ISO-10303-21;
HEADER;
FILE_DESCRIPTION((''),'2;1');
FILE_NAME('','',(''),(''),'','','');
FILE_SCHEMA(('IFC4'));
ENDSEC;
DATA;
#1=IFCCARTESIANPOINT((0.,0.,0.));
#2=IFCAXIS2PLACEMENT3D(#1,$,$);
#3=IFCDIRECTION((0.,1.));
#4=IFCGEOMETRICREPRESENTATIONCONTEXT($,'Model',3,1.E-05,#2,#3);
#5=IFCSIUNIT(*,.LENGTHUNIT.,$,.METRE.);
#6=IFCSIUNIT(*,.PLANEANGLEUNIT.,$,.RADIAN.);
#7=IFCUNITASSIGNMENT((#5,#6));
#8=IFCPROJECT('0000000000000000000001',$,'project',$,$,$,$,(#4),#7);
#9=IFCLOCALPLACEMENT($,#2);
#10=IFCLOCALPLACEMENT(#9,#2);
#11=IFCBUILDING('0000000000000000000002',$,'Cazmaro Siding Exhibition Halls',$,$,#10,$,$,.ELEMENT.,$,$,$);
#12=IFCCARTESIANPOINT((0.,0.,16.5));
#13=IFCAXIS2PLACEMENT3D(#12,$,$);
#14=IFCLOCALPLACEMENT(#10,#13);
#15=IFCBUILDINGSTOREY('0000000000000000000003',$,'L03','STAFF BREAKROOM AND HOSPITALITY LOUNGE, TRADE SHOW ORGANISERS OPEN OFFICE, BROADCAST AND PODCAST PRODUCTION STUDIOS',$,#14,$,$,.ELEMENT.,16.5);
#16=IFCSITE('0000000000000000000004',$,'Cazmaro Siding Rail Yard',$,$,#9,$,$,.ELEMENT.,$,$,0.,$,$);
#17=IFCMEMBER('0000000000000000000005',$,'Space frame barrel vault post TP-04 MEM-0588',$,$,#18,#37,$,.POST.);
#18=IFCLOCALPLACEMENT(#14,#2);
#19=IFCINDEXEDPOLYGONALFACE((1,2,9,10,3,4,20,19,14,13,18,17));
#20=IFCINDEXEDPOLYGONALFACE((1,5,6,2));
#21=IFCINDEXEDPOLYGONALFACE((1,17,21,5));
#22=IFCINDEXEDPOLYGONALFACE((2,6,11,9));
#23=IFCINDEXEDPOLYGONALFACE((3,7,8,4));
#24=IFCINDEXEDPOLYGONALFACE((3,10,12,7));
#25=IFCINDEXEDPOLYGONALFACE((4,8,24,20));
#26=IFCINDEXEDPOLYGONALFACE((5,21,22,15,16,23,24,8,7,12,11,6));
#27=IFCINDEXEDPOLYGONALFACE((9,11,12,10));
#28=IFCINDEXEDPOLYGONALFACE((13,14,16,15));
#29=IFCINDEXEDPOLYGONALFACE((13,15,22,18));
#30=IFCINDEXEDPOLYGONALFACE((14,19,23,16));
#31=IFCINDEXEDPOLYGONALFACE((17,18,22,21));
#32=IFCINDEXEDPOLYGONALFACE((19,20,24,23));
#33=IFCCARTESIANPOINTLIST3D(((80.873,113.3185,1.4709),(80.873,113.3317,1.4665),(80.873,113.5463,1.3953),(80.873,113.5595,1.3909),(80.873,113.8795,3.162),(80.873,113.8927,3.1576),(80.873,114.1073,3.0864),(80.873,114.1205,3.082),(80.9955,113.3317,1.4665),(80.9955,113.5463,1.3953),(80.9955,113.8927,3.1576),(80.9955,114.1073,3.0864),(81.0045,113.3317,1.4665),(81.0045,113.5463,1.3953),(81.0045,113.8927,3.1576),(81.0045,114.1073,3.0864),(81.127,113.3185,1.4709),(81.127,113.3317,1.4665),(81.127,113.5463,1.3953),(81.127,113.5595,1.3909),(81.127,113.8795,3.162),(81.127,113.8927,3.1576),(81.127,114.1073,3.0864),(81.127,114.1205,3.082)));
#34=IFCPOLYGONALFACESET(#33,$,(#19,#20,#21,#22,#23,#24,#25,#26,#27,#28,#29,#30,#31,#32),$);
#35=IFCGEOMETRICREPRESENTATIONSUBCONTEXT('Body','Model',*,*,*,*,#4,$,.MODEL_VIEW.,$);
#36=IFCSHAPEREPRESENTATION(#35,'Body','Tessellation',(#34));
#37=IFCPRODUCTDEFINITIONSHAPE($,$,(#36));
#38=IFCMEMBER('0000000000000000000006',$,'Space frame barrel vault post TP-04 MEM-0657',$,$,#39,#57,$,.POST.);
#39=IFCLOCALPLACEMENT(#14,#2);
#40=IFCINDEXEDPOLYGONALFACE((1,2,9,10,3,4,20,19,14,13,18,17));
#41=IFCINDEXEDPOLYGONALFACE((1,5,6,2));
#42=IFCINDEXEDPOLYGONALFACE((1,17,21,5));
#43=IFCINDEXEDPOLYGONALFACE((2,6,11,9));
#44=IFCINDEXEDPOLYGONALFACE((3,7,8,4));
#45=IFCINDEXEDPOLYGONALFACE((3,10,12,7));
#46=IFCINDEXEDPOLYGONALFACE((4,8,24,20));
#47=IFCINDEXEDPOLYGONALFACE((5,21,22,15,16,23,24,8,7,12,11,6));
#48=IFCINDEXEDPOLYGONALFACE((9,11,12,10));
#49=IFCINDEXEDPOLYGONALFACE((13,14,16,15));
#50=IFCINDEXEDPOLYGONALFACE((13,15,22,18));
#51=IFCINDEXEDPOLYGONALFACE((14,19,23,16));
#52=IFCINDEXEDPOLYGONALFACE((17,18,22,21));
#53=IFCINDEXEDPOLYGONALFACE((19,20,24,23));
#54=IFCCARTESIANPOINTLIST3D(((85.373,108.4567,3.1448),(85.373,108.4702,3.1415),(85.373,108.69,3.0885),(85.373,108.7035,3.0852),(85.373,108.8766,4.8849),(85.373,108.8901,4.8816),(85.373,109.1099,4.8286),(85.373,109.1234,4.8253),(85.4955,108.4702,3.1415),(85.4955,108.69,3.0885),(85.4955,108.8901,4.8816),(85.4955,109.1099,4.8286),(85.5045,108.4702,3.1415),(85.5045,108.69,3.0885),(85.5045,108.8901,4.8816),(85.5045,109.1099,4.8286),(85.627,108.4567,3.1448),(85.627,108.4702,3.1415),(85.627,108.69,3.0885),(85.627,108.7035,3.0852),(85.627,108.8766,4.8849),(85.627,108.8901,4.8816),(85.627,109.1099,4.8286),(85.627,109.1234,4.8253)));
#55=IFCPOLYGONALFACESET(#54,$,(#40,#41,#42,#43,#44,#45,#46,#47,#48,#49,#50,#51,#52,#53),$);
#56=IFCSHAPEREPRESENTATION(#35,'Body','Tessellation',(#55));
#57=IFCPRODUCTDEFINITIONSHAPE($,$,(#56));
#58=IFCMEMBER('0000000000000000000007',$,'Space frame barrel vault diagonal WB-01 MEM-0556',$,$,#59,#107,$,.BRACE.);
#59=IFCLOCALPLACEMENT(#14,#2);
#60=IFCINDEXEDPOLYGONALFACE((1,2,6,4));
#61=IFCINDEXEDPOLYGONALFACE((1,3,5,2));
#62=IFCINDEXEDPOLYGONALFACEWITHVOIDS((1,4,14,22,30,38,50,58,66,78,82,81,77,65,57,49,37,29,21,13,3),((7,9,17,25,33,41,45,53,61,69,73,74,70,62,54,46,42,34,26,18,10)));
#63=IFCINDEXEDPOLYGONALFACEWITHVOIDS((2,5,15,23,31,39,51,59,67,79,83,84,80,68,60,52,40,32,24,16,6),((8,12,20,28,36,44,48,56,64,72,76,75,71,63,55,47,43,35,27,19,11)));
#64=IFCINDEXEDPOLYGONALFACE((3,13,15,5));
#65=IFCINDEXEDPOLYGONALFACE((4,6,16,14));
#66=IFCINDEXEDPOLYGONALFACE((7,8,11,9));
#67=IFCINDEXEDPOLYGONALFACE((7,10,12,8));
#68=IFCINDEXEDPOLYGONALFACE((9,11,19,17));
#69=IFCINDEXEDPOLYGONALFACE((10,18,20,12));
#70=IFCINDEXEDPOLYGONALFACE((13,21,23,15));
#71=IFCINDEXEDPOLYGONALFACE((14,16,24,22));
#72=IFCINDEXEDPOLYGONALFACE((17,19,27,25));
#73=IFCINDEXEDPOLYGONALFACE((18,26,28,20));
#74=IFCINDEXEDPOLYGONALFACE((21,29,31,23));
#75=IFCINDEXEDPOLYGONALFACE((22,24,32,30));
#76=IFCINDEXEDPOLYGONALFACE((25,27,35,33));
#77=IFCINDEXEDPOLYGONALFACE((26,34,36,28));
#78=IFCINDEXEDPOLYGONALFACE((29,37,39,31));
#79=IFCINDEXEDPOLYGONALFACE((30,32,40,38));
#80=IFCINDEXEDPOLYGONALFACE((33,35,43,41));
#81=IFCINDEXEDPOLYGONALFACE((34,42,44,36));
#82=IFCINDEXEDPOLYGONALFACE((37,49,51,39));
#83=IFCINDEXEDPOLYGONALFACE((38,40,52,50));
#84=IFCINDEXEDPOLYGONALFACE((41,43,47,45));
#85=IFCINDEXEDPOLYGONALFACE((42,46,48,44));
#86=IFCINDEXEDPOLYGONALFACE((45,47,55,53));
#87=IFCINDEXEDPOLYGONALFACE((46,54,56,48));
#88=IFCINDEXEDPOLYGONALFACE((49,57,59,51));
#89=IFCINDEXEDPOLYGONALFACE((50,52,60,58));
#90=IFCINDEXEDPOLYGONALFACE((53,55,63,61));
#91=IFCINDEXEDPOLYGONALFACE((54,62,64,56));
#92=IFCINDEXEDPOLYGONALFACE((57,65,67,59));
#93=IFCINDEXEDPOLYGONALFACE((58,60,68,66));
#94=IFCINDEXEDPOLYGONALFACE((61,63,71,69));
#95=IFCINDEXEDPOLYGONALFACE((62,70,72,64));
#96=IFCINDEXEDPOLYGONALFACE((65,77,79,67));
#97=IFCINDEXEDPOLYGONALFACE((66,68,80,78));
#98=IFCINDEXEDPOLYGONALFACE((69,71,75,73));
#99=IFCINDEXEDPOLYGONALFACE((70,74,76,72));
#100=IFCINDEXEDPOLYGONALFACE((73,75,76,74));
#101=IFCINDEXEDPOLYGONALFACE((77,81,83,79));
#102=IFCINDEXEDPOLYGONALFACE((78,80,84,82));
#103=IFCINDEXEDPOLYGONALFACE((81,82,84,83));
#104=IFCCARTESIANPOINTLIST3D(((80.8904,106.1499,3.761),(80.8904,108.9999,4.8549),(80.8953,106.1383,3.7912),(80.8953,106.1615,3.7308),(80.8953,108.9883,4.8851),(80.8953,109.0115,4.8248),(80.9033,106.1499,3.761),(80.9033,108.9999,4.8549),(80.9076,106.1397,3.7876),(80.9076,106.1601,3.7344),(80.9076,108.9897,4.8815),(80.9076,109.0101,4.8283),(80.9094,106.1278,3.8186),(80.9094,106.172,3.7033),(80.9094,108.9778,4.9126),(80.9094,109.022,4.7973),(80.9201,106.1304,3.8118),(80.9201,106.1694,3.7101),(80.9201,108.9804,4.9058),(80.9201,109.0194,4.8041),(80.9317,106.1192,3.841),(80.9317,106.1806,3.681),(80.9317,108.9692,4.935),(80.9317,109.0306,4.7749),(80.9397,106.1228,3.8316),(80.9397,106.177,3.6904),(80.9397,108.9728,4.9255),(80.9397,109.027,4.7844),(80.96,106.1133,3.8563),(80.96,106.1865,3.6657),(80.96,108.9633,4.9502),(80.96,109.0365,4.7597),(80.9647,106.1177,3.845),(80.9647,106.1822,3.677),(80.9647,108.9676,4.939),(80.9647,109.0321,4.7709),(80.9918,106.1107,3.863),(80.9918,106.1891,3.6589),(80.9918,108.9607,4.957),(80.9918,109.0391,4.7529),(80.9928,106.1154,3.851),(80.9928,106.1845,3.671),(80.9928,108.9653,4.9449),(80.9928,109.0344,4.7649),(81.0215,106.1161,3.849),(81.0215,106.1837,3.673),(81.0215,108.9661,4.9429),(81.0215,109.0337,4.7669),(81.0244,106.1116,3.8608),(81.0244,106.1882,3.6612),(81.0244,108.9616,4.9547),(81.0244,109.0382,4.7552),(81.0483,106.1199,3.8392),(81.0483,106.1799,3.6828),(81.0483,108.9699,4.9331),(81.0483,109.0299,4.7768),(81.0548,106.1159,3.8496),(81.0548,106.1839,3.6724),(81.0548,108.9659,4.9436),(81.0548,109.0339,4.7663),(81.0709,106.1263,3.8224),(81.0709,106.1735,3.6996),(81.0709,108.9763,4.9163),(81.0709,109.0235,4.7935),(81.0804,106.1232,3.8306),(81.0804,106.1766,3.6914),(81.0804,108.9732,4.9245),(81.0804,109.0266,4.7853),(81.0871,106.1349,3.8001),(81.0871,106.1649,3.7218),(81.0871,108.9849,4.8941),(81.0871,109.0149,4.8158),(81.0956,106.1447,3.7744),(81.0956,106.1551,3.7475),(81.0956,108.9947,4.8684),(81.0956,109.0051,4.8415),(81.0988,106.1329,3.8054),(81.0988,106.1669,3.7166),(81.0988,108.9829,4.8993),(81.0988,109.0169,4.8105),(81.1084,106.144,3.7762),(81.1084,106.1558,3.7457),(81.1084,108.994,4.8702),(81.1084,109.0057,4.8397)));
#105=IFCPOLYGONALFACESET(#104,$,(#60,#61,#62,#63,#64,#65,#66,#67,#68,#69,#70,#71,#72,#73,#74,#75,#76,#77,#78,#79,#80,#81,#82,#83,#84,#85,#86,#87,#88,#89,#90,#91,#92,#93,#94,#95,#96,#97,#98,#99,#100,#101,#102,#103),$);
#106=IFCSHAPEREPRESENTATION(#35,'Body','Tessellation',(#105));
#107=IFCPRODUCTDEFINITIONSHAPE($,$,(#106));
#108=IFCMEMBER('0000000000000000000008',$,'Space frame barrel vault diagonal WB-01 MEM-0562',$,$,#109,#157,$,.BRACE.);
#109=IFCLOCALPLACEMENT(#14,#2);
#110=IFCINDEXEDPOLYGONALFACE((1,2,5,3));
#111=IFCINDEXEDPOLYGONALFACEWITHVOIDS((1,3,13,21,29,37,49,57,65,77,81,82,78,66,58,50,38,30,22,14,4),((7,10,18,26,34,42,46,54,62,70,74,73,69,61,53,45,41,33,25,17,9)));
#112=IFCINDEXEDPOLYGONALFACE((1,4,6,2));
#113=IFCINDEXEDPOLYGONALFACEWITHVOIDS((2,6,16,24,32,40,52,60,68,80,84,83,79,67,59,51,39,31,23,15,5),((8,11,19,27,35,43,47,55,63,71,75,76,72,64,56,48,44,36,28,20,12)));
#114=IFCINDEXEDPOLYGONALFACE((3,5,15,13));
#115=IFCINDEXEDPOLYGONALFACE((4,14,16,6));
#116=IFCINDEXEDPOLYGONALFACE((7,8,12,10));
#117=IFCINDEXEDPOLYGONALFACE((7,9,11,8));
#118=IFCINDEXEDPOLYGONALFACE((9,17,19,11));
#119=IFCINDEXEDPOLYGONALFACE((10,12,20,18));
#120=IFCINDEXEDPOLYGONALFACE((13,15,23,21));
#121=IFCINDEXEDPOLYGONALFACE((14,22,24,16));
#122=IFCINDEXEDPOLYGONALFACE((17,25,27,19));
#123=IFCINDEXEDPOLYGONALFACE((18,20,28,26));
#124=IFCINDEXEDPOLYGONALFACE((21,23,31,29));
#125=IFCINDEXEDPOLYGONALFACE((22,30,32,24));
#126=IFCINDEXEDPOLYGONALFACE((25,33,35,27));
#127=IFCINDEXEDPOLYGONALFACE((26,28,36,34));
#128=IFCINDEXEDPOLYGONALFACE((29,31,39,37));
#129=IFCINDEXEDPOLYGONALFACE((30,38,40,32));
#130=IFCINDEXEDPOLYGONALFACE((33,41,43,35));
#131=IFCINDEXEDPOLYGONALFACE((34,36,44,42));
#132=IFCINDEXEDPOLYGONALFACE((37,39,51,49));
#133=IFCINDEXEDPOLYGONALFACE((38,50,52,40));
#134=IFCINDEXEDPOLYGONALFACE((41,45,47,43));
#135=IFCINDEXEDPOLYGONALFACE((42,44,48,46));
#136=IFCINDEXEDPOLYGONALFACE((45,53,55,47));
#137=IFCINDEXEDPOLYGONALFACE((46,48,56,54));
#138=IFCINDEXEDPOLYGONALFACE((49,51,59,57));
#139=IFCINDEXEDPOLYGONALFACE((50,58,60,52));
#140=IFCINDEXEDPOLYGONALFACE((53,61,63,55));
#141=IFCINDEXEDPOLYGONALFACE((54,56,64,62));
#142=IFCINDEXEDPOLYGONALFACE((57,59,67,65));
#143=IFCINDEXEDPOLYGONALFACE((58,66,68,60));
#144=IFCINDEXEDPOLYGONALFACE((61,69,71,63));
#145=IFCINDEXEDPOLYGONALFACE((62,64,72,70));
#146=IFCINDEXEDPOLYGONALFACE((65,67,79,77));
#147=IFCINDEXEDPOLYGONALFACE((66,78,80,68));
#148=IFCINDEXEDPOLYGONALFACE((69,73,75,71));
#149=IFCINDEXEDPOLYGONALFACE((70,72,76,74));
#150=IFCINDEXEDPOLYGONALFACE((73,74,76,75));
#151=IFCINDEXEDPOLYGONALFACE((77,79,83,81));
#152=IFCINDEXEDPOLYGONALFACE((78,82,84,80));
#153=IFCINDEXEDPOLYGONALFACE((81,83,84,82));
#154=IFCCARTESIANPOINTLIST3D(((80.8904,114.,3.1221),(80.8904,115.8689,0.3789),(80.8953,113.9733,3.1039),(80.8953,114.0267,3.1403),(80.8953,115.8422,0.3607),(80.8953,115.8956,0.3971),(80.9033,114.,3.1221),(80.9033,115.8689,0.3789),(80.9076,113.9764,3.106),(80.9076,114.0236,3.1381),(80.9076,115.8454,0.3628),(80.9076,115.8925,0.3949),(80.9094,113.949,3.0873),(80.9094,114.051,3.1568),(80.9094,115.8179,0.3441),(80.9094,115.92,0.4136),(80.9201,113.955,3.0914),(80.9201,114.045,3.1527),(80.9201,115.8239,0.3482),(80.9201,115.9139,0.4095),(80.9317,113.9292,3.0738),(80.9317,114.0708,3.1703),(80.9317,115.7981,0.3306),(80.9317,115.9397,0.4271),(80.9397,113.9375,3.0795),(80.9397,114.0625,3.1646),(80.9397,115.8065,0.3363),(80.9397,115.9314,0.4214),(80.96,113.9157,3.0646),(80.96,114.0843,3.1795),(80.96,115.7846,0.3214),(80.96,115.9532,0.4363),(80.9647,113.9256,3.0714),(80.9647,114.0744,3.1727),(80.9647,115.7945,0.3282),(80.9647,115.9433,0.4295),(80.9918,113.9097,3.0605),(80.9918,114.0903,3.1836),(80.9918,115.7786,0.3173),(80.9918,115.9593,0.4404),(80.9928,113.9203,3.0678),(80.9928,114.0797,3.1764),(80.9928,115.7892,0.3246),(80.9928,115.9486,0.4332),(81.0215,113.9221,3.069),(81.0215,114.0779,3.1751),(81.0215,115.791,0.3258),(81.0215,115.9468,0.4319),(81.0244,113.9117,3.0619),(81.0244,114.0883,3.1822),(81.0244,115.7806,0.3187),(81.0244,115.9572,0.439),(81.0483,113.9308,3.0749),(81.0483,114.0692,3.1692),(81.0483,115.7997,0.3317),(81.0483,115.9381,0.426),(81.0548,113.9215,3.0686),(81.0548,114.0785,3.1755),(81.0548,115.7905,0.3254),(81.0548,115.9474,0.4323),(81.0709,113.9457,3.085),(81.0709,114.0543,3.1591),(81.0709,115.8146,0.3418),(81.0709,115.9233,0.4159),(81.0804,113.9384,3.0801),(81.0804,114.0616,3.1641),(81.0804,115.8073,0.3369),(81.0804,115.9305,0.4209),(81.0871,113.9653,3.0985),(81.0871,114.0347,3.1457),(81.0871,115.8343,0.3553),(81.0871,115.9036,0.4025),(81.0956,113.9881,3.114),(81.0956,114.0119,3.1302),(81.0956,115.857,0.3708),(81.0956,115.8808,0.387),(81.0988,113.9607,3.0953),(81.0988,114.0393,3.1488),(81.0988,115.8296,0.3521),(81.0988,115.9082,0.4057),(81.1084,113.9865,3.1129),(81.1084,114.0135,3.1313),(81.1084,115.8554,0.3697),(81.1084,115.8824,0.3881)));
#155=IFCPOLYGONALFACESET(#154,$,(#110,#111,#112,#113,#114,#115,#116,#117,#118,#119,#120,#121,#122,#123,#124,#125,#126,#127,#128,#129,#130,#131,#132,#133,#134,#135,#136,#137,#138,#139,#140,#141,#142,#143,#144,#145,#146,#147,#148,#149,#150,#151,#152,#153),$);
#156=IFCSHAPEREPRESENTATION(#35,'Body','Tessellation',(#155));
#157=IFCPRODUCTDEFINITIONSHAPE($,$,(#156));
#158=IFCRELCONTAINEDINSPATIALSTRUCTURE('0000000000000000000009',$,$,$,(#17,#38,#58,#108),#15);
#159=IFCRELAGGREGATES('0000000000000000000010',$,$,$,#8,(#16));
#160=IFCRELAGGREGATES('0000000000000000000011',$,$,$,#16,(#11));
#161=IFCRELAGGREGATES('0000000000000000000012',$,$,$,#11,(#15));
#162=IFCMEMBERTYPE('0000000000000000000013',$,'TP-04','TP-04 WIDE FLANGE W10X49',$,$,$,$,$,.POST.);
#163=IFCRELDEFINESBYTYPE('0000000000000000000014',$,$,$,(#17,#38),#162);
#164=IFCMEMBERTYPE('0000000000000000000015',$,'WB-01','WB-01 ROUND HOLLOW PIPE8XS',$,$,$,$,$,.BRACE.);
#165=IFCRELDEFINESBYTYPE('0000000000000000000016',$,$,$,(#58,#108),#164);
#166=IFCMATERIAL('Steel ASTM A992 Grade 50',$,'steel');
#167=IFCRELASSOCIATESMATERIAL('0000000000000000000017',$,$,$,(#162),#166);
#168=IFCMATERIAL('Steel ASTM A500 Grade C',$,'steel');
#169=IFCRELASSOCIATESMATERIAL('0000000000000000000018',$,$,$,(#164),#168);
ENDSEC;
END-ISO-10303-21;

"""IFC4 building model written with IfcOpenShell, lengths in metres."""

from ifc_helpers import new_model, si_unit, direction, frame, origin, origin_2d, place, context, subcontext, project, spatial, hollow_circle, i_section, extrude, material, material_profile, profile_set, type_object, element, save


model = new_model("IFC4")

# Units and contexts
model_context = context("Model", 3, precision=1e-05, world=origin(), true_north=direction((0.0, 1.0)))
body_context = subcontext(model_context, "Body", "Model", "MODEL_VIEW")
ifc_project = project(units=[si_unit("LENGTHUNIT", "METRE"), si_unit("PLANEANGLEUNIT", "RADIAN")], contexts=[model_context])

# Site, building, storey
site_placement = place(None, origin())
site = spatial("IfcSite", under=ifc_project, at=site_placement, Name="Cazmaro Siding Rail Yard", CompositionType="ELEMENT", RefElevation=0.0)
building_placement = place(site_placement, origin())
building = spatial("IfcBuilding", under=site, at=building_placement, Name="Cazmaro Siding Exhibition Halls", CompositionType="ELEMENT")
storey_placement = place(building_placement, frame((0.0, 0.0, 16.5)))
storey = spatial("IfcBuildingStorey", under=building, at=storey_placement, Name="L03", Description="STAFF BREAKROOM AND HOSPITALITY LOUNGE, TRADE SHOW ORGANISERS OPEN OFFICE, BROADCAST AND PODCAST PRODUCTION STUDIOS", CompositionType="ELEMENT", Elevation=16.5)

# Members
ifc_material_1 = material(Name="Steel ASTM A992 Grade 50", Category="steel")
ifc_material_profile_1 = material_profile(ifc_material_1, i_section(OverallWidth=0.2539, OverallDepth=0.2539, WebThickness=0.009, FlangeThickness=0.0139, at=origin_2d()), Name="W10X49")
ifc_profile_set_1 = profile_set([ifc_material_profile_1], Name="Steel ASTM A992 Grade 50")
member_type_1 = type_object("IfcMemberType", Name="TP-04", Description="TP-04 WIDE FLANGE W10X49", PredefinedType="POST", material=ifc_profile_set_1)
member_1_placement = place(storey_placement, frame((81.0, 113.439, 1.4309), z_axis=(0.0, 0.314871, 0.949134), x_axis=(-1.0, 0.0, 0.0)))
element("IfcMember", 1, at=member_1_placement, inside=storey, type_object=member_type_1, Name="Space frame barrel vault post TP-04 MEM-0588", PredefinedType="POST", context=body_context, shape_type="SweptSolid", body=[
    extrude(i_section(OverallWidth=0.2539, OverallDepth=0.2539, WebThickness=0.009, FlangeThickness=0.0139, at=origin_2d()), origin(), (0.0, 0.0, 1.0), 1.7817),
])
member_2_placement = place(storey_placement, frame((85.5, 108.5801, 3.115), z_axis=(0.0, 0.234601, 0.972092), x_axis=(-1.0, 0.0, 0.0)))
element("IfcMember", 2, at=member_2_placement, inside=storey, type_object=member_type_1, Name="Space frame barrel vault post TP-04 MEM-0657", PredefinedType="POST", context=body_context, shape_type="SweptSolid", body=[
    extrude(i_section(OverallWidth=0.2539, OverallDepth=0.2539, WebThickness=0.009, FlangeThickness=0.0139, at=origin_2d()), origin(), (0.0, 0.0, 1.0), 1.79),
])
ifc_material_2 = material(Name="Steel ASTM A500 Grade C", Category="steel")
ifc_material_profile_2 = material_profile(ifc_material_2, hollow_circle(Radius=0.1096, WallThickness=0.0129, at=origin_2d()), Name="PIPE8XS")
ifc_profile_set_2 = profile_set([ifc_material_profile_2], Name="Steel ASTM A500 Grade C")
member_type_2 = type_object("IfcMemberType", Name="WB-01", Description="WB-01 ROUND HOLLOW PIPE8XS", PredefinedType="BRACE", material=ifc_profile_set_2)
member_3_placement = place(storey_placement, frame((81.0, 106.1499, 3.761), z_axis=(0.0, 0.933587, 0.358352), x_axis=(-1.0, 0.0, 0.0)))
element("IfcMember", 3, at=member_3_placement, inside=storey, type_object=member_type_2, Name="Space frame barrel vault diagonal WB-01 MEM-0556", PredefinedType="BRACE", context=body_context, shape_type="SweptSolid", body=[
    extrude(hollow_circle(Radius=0.1096, WallThickness=0.0129, at=origin_2d()), origin(), (0.0, 0.0, 1.0), 3.0527),
])
member_4_placement = place(storey_placement, frame((81.0, 114.0, 3.1221), z_axis=(0.0, 0.56304, -0.82643), x_axis=(-1.0, 0.0, 0.0)))
element("IfcMember", 4, at=member_4_placement, inside=storey, type_object=member_type_2, Name="Space frame barrel vault diagonal WB-01 MEM-0562", PredefinedType="BRACE", context=body_context, shape_type="SweptSolid", body=[
    extrude(hollow_circle(Radius=0.1096, WallThickness=0.0129, at=origin_2d()), origin(), (0.0, 0.0, 1.0), 3.3193),
])

save(model, "model.ifc")
